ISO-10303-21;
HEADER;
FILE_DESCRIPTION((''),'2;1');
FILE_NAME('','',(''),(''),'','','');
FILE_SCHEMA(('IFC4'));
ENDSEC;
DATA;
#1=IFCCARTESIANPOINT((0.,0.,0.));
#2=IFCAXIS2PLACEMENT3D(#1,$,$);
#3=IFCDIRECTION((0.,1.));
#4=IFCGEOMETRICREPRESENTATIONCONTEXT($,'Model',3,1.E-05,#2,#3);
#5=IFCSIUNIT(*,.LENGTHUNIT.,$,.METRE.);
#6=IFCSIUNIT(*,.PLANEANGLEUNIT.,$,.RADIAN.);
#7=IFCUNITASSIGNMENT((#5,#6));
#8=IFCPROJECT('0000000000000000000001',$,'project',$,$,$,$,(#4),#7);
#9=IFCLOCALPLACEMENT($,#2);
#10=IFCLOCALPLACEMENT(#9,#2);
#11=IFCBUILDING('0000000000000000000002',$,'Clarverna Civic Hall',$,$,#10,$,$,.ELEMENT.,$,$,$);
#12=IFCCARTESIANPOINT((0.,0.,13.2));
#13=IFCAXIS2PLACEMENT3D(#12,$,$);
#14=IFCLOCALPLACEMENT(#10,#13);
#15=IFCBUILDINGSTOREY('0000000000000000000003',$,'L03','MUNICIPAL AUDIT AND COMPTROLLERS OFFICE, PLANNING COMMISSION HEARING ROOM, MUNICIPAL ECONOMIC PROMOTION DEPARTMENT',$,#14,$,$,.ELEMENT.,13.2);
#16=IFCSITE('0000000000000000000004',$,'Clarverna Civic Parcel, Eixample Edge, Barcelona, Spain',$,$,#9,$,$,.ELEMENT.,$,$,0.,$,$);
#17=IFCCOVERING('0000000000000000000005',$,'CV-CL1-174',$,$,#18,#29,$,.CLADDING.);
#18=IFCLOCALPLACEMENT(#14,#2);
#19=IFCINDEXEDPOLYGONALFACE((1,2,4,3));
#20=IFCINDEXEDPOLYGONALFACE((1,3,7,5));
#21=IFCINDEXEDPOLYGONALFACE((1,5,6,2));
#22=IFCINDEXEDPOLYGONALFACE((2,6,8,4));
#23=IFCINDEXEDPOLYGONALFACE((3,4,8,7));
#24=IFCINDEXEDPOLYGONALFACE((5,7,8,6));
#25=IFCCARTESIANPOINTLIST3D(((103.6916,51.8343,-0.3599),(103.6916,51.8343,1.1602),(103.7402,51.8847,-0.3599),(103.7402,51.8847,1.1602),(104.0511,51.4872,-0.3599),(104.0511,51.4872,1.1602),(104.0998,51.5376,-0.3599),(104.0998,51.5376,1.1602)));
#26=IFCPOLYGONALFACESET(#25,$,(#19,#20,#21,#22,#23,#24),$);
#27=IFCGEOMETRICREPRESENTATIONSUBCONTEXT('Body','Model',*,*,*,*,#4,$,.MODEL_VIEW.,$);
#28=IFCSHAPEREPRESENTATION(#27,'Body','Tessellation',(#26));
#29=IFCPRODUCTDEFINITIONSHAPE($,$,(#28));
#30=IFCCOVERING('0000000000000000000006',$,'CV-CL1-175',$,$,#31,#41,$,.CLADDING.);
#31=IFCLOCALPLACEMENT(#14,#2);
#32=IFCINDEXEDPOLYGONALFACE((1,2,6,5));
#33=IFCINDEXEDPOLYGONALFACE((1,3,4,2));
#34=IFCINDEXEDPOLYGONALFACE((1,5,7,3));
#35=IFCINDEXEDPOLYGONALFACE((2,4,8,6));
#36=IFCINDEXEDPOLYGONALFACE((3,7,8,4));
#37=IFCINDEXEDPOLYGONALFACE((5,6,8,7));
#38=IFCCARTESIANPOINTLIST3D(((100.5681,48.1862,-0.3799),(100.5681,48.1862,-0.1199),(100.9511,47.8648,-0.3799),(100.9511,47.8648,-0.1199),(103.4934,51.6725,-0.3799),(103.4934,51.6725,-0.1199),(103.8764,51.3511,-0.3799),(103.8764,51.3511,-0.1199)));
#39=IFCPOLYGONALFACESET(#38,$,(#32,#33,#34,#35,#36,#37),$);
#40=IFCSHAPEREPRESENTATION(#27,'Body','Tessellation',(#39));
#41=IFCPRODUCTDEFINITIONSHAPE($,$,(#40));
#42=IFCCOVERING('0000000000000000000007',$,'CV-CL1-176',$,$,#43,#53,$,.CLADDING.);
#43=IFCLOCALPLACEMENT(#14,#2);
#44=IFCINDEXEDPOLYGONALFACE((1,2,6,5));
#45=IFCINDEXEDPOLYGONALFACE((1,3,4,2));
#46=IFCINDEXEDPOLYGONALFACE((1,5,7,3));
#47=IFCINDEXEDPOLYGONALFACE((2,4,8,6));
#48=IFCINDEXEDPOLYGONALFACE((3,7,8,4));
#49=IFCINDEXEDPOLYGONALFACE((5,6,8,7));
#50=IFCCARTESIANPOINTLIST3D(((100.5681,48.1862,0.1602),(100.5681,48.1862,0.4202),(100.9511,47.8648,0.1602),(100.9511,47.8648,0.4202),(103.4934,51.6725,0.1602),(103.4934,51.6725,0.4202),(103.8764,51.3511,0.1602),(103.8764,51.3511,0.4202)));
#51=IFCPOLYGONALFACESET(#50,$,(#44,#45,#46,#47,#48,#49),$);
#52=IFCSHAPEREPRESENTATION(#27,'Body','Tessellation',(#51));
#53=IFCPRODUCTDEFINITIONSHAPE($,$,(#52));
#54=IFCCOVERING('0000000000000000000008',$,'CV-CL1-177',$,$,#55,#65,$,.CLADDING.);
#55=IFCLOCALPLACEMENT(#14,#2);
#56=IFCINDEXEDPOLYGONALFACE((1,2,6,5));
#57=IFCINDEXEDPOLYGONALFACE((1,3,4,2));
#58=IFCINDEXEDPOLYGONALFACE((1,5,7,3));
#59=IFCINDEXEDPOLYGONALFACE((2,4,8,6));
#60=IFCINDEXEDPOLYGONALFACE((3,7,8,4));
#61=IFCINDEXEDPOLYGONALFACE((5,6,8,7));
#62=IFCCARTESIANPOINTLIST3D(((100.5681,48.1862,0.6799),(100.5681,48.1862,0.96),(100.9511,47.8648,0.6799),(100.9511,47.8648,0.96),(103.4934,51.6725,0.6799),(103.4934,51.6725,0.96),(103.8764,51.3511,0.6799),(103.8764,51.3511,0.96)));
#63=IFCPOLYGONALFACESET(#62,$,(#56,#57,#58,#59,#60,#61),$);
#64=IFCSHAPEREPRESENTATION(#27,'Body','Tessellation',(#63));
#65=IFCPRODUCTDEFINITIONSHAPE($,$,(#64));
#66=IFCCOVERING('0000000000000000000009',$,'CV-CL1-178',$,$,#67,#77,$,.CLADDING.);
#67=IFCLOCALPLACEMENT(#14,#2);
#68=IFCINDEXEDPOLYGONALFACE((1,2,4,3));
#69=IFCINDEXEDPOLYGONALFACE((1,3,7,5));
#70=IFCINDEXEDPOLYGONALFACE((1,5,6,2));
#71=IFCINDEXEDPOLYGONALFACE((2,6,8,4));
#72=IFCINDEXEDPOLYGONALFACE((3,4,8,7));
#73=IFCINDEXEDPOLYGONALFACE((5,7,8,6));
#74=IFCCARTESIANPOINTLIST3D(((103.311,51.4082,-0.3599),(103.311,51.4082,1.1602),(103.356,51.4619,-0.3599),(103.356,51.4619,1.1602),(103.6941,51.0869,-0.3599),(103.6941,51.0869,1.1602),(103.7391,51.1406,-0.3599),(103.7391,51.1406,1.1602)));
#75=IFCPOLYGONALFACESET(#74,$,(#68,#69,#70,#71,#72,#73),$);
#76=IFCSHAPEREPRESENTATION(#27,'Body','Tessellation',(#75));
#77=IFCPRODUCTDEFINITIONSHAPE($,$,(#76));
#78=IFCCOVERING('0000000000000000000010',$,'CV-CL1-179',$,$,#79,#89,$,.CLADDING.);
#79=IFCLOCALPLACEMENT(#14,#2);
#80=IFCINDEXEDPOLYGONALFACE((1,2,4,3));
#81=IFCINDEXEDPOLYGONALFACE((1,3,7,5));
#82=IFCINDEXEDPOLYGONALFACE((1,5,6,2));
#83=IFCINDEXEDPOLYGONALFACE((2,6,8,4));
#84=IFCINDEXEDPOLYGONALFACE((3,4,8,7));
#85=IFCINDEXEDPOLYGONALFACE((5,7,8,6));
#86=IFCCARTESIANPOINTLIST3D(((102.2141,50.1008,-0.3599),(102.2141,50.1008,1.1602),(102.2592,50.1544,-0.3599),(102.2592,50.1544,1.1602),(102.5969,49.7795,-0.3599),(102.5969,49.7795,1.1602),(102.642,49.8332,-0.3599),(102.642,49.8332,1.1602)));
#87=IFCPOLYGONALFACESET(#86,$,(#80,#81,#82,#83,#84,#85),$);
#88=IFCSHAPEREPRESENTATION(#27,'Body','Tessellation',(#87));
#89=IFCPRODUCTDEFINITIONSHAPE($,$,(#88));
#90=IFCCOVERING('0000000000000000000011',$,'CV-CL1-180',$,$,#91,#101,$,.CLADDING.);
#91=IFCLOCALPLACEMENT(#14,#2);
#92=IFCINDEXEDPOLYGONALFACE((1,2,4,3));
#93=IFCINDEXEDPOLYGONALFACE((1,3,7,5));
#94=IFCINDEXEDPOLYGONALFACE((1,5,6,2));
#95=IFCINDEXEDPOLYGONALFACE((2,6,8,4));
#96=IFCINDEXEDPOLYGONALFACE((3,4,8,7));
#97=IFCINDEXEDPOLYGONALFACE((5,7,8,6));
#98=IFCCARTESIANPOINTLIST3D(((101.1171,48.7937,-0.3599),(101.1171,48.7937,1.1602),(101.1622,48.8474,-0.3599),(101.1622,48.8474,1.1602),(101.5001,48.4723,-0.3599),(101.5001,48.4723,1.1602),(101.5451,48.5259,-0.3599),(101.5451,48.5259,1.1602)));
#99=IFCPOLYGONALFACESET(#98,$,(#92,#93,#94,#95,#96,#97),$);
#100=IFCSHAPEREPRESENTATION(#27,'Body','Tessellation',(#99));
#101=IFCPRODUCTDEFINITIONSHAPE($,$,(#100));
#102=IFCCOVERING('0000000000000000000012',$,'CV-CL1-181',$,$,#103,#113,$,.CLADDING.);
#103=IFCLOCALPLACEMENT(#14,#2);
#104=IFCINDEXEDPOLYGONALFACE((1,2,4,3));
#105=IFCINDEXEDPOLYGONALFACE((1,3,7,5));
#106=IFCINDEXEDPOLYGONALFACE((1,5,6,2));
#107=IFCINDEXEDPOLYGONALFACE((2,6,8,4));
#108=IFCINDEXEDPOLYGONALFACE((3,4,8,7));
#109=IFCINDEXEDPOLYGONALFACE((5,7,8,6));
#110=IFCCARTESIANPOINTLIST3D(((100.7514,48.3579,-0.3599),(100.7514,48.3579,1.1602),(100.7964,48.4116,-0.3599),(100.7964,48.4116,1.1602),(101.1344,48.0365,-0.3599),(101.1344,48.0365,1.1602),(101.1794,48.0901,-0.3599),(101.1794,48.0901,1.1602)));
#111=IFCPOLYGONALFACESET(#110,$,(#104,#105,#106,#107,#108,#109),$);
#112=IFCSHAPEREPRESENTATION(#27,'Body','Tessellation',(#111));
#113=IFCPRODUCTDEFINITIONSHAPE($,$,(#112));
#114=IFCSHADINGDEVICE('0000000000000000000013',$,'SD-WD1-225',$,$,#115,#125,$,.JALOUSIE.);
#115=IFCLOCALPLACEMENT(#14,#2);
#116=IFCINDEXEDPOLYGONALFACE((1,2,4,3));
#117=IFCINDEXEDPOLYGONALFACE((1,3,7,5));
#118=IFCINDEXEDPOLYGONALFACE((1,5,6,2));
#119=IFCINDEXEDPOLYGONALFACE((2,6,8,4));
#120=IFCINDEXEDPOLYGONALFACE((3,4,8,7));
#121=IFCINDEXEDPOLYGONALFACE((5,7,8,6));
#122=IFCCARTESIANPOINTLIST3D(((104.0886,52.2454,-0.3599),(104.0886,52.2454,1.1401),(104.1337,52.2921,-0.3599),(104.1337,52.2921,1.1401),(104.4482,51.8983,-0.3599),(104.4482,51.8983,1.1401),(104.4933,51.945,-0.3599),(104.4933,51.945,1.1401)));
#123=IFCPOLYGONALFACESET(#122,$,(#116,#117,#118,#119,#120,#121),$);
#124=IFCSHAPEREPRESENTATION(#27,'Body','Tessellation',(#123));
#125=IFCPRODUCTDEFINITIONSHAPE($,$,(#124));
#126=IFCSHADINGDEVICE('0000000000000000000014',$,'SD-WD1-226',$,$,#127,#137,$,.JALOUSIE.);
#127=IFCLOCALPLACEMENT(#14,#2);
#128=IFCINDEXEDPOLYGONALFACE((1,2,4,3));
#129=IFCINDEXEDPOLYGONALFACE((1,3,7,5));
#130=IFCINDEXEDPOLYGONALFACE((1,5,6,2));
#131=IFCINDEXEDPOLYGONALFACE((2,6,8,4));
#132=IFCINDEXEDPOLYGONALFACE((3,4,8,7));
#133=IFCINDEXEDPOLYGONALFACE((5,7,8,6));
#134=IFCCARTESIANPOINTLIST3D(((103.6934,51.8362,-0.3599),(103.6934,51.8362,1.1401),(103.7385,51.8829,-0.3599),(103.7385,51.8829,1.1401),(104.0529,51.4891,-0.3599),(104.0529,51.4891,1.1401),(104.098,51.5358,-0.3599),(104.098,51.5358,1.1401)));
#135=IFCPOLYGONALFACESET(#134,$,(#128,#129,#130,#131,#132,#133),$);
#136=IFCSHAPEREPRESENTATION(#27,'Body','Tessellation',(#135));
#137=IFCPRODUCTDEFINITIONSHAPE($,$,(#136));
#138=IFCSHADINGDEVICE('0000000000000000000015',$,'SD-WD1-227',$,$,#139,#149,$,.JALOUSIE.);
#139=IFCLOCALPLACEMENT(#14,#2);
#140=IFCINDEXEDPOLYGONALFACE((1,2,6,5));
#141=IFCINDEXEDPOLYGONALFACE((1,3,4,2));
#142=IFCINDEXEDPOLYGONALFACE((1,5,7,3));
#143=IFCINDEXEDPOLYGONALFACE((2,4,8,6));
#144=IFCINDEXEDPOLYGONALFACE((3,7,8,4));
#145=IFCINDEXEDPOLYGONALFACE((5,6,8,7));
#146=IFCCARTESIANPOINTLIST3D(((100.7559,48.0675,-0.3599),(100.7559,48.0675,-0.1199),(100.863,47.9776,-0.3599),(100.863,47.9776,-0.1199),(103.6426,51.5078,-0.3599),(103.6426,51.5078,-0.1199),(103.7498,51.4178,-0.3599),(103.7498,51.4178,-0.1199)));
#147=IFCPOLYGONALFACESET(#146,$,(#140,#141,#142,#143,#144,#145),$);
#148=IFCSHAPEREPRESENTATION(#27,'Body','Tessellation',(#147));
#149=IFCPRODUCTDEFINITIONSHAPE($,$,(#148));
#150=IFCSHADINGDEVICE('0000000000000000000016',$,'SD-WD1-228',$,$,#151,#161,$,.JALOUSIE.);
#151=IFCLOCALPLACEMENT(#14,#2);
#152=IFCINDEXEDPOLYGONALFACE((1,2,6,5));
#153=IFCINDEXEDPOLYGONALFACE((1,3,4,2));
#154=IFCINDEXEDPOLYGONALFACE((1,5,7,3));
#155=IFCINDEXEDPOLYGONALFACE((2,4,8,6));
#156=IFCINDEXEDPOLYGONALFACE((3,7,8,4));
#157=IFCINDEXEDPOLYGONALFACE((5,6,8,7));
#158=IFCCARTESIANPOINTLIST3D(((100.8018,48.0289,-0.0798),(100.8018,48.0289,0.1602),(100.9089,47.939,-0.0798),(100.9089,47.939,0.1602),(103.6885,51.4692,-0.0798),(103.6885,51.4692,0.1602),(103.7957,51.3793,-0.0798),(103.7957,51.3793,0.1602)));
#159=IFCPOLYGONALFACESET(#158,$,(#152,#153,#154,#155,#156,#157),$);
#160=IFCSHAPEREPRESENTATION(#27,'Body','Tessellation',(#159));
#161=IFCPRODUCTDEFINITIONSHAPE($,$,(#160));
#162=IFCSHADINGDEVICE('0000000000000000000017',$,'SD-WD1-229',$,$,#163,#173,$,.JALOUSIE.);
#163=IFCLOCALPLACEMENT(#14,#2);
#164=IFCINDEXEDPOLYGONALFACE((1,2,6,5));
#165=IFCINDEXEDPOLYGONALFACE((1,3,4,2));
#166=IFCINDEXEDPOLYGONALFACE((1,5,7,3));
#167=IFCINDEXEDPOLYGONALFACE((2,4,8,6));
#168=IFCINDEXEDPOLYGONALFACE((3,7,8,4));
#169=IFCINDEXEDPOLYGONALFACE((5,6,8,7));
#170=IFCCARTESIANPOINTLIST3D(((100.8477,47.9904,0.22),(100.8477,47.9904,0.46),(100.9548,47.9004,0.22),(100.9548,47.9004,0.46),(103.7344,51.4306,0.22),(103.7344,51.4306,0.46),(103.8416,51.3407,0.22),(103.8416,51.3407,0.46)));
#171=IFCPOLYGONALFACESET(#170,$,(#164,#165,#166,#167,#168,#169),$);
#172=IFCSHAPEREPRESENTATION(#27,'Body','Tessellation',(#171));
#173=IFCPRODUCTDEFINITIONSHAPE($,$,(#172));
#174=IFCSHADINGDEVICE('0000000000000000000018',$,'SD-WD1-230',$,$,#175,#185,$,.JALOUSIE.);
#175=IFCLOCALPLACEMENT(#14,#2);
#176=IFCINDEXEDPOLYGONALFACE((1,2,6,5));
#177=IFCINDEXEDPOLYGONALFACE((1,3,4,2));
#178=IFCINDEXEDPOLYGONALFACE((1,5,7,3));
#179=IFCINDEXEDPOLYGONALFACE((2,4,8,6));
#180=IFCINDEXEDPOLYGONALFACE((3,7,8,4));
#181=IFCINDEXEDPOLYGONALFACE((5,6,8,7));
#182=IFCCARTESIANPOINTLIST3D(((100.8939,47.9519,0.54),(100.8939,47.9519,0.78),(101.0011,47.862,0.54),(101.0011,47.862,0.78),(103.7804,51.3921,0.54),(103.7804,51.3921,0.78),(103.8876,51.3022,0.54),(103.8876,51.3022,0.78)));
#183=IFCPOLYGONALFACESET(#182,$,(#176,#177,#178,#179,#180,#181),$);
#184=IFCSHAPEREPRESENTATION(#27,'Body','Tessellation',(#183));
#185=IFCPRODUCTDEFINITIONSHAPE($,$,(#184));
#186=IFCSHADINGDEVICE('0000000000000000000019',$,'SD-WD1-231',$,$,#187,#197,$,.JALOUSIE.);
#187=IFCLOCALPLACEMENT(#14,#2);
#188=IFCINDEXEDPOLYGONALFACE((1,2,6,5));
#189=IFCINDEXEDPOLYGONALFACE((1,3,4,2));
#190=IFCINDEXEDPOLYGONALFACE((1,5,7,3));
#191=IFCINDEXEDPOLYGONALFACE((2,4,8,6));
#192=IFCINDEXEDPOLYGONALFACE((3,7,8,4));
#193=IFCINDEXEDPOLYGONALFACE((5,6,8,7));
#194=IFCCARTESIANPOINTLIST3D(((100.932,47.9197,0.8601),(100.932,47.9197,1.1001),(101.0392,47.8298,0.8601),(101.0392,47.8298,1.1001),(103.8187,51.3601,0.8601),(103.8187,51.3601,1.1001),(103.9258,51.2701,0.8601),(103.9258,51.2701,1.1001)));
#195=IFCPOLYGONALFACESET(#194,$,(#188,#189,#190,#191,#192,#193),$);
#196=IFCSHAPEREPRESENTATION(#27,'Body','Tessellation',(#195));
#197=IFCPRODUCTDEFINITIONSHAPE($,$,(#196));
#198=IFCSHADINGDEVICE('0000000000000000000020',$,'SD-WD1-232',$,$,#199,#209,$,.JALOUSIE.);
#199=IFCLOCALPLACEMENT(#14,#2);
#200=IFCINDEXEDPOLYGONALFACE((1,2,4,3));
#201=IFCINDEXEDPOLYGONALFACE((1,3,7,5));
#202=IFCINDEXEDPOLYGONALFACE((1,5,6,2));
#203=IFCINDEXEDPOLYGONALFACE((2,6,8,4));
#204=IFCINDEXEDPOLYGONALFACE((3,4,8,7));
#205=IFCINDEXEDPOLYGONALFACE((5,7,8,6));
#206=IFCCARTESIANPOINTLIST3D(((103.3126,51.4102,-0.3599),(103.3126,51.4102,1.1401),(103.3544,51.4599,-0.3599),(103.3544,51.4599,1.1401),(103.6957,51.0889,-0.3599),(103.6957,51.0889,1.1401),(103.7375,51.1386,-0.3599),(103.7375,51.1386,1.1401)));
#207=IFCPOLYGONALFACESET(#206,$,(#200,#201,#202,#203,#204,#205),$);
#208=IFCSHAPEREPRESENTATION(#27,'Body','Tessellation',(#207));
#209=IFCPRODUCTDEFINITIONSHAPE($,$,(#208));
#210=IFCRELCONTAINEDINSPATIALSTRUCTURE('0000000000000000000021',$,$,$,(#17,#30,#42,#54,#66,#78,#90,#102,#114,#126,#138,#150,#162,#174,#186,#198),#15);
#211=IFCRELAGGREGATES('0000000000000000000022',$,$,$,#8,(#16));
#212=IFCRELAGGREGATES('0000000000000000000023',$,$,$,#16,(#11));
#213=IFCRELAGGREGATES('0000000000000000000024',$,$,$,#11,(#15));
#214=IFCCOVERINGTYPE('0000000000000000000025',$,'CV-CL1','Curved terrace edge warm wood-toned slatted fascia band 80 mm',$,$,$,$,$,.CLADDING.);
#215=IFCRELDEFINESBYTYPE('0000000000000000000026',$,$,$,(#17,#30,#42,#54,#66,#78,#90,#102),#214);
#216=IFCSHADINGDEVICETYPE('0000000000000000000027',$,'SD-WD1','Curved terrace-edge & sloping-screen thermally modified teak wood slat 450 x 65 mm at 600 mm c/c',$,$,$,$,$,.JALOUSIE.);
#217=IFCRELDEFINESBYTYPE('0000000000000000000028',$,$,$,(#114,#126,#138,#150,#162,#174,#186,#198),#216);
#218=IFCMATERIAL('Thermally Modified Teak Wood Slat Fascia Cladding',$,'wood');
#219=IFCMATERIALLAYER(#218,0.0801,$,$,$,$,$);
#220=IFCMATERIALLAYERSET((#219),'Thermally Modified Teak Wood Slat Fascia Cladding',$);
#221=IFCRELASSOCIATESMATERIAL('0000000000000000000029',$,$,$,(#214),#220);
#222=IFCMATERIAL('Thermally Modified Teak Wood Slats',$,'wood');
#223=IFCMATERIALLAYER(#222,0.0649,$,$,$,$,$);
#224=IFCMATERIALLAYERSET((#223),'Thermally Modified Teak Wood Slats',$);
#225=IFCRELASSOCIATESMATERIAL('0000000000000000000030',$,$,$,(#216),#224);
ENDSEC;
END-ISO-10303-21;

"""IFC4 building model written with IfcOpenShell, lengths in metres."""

from ifc_helpers import new_model, si_unit, direction, frame, frame_2d, origin, place, context, subcontext, project, spatial, rectangle, extrude, material, layer, layer_set, type_object, element, save


model = new_model("IFC4")

# Units and contexts
model_context = context("Model", 3, precision=1e-05, world=origin(), true_north=direction((0.0, 1.0)))
body_context = subcontext(model_context, "Body", "Model", "MODEL_VIEW")
ifc_project = project(units=[si_unit("LENGTHUNIT", "METRE"), si_unit("PLANEANGLEUNIT", "RADIAN")], contexts=[model_context])

# Site, building, storey
site_placement = place(None, origin())
site = spatial("IfcSite", under=ifc_project, at=site_placement, Name="Clarverna Civic Parcel, Eixample Edge, Barcelona, Spain", CompositionType="ELEMENT", RefElevation=0.0)
building_placement = place(site_placement, origin())
building = spatial("IfcBuilding", under=site, at=building_placement, Name="Clarverna Civic Hall", CompositionType="ELEMENT")
storey_placement = place(building_placement, frame((0.0, 0.0, 13.2)))
storey = spatial("IfcBuildingStorey", under=building, at=storey_placement, Name="L03", Description="MUNICIPAL AUDIT AND COMPTROLLERS OFFICE, PLANNING COMMISSION HEARING ROOM, MUNICIPAL ECONOMIC PROMOTION DEPARTMENT", CompositionType="ELEMENT", Elevation=13.2)

# Coverings
ifc_material_1 = material(Name="Thermally Modified Teak Wood Slat Fascia Cladding", Category="wood")
ifc_layer_1 = layer(ifc_material_1, 0.0801)
ifc_layer_set_1 = layer_set([ifc_layer_1], Name="Thermally Modified Teak Wood Slat Fascia Cladding")
covering_type = type_object("IfcCoveringType", Name="CV-CL1", Description="Curved terrace edge warm wood-toned slatted fascia band 80 mm", PredefinedType="CLADDING", material=ifc_layer_set_1)
for number, where, z_axis, x_axis, name in (
    (1, (103.7158, 51.8596, -0.3599), (0.0, 0.0, 1.0), (0.719452, -0.694542, 0.0), "CV-CL1-174"),
):
    element("IfcCovering", number, at=place(storey_placement, frame(where, z_axis=z_axis, x_axis=x_axis)), inside=storey, type_object=covering_type, Name=name, PredefinedType="CLADDING", context=body_context, shape_type="SweptSolid", body=[
        extrude(rectangle(XDim=0.4998, YDim=0.0701, at=frame_2d((0.25, 0.0))), origin(), (0.0, 0.0, 1.0), 1.52),
    ])
for number, where, z_axis, x_axis, name in (
    (2, (103.6848, 51.5117, -0.3799), (0.0, 0.0, 1.0), (-0.642777, -0.766053, 0.0), "CV-CL1-175"),
    (3, (103.6848, 51.5117, 0.1602), (0.0, 0.0, 1.0), (-0.642777, -0.766053, 0.0), "CV-CL1-176"),
):
    element("IfcCovering", number, at=place(storey_placement, frame(where, z_axis=z_axis, x_axis=x_axis)), inside=storey, type_object=covering_type, Name=name, PredefinedType="CLADDING", context=body_context, shape_type="SweptSolid", body=[
        extrude(rectangle(XDim=4.551, YDim=0.5, at=frame_2d((2.2754, 0.0))), origin(), (0.0, 0.0, 1.0), 0.26),
    ])
covering_1_placement = place(storey_placement, frame((103.6848, 51.5117, 0.6799), z_axis=(0.0, 0.0, 1.0), x_axis=(-0.642777, -0.766053, 0.0)))
element("IfcCovering", 4, at=covering_1_placement, inside=storey, type_object=covering_type, Name="CV-CL1-177", PredefinedType="CLADDING", context=body_context, shape_type="SweptSolid", body=[
    extrude(rectangle(XDim=4.551, YDim=0.5, at=frame_2d((2.2754, 0.0))), origin(), (0.0, 0.0, 1.0), 0.28),
])
covering_2_placement = place(storey_placement, frame((103.3335, 51.4351, -0.3599), z_axis=(0.0, 0.0, 1.0), x_axis=(0.766176, -0.642631, 0.0)))
element("IfcCovering", 5, at=covering_2_placement, inside=storey, type_object=covering_type, Name="CV-CL1-178", PredefinedType="CLADDING", context=body_context, shape_type="SweptSolid", body=[
    extrude(rectangle(XDim=0.5, YDim=0.0701, at=frame_2d((0.25, 0.0))), origin(), (0.0, 0.0, 1.0), 1.52),
])
covering_3_placement = place(storey_placement, frame((102.2366, 50.1277, -0.3599), z_axis=(0.0, 0.0, 1.0), x_axis=(0.765974, -0.642871, 0.0)))
element("IfcCovering", 6, at=covering_3_placement, inside=storey, type_object=covering_type, Name="CV-CL1-179", PredefinedType="CLADDING", context=body_context, shape_type="SweptSolid", body=[
    extrude(rectangle(XDim=0.4998, YDim=0.0701, at=frame_2d((0.25, 0.0))), origin(), (0.0, 0.0, 1.0), 1.52),
])
for number, where, z_axis, x_axis, name in (
    (7, (101.1396, 48.8206, -0.3599), (0.0, 0.0, 1.0), (0.765936, -0.642917, 0.0), "CV-CL1-180"),
    (8, (100.7739, 48.3848, -0.3599), (0.0, 0.0, 1.0), (0.765936, -0.642917, 0.0), "CV-CL1-181"),
):
    element("IfcCovering", number, at=place(storey_placement, frame(where, z_axis=z_axis, x_axis=x_axis)), inside=storey, type_object=covering_type, Name=name, PredefinedType="CLADDING", context=body_context, shape_type="SweptSolid", body=[
        extrude(rectangle(XDim=0.5, YDim=0.0701, at=frame_2d((0.25, 0.0))), origin(), (0.0, 0.0, 1.0), 1.52),
    ])

# Shading devices
ifc_material_2 = material(Name="Thermally Modified Teak Wood Slats", Category="wood")
ifc_layer_2 = layer(ifc_material_2, 0.0649)
ifc_layer_set_2 = layer_set([ifc_layer_2], Name="Thermally Modified Teak Wood Slats")
shading_device_type = type_object("IfcShadingDeviceType", Name="SD-WD1", Description="Curved terrace-edge & sloping-screen thermally modified teak wood slat 450 x 65 mm at 600 mm c/c", PredefinedType="JALOUSIE", material=ifc_layer_set_2)
for number, where, z_axis, x_axis, name in (
    (9, (104.1111, 52.2688, -0.3599), (0.0, 0.0, 1.0), (0.719452, -0.694542, 0.0), "SD-WD1-225"),
    (10, (103.7158, 51.8596, -0.3599), (0.0, 0.0, 1.0), (0.719452, -0.694542, 0.0), "SD-WD1-226"),
):
    element("IfcShadingDevice", number, at=place(storey_placement, frame(where, z_axis=z_axis, x_axis=x_axis)), inside=storey, type_object=shading_device_type, Name=name, PredefinedType="JALOUSIE", context=body_context, shape_type="SweptSolid", body=[
        extrude(rectangle(XDim=0.4998, YDim=0.0649, at=frame_2d((0.25, 0.0))), origin(), (0.0, 0.0, 1.0), 1.5),
    ])
for number, where, z_axis, x_axis, name in (
    (11, (103.6963, 51.4629, -0.3599), (0.0, 0.0, 1.0), (-0.642795, -0.766038, 0.0), "SD-WD1-227"),
    (12, (103.7422, 51.4243, -0.0798), (0.0, 0.0, 1.0), (-0.642795, -0.766038, 0.0), "SD-WD1-228"),
    (13, (103.7881, 51.3857, 0.22), (0.0, 0.0, 1.0), (-0.642795, -0.766038, 0.0), "SD-WD1-229"),
):
    element("IfcShadingDevice", number, at=place(storey_placement, frame(where, z_axis=z_axis, x_axis=x_axis)), inside=storey, type_object=shading_device_type, Name=name, PredefinedType="JALOUSIE", context=body_context, shape_type="SweptSolid", body=[
        extrude(rectangle(XDim=4.491, YDim=0.1399, at=frame_2d((2.2456, 0.0))), origin(), (0.0, 0.0, 1.0), 0.24),
    ])
shading_device_1_placement = place(storey_placement, frame((103.834, 51.3472, 0.54), z_axis=(0.0, 0.0, 1.0), x_axis=(-0.642764, -0.766065, 0.0)))
element("IfcShadingDevice", 14, at=shading_device_1_placement, inside=storey, type_object=shading_device_type, Name="SD-WD1-230", PredefinedType="JALOUSIE", context=body_context, shape_type="SweptSolid", body=[
    extrude(rectangle(XDim=4.4907, YDim=0.1399, at=frame_2d((2.2454, 0.0))), origin(), (0.0, 0.0, 1.0), 0.24),
])
shading_device_2_placement = place(storey_placement, frame((103.8723, 51.3152, 0.8601), z_axis=(0.0, 0.0, 1.0), x_axis=(-0.642769, -0.76606, 0.0)))
element("IfcShadingDevice", 15, at=shading_device_2_placement, inside=storey, type_object=shading_device_type, Name="SD-WD1-231", PredefinedType="JALOUSIE", context=body_context, shape_type="SweptSolid", body=[
    extrude(rectangle(XDim=4.491, YDim=0.1399, at=frame_2d((2.2456, 0.0))), origin(), (0.0, 0.0, 1.0), 0.24),
])
shading_device_3_placement = place(storey_placement, frame((103.3335, 51.4351, -0.3599), z_axis=(0.0, 0.0, 1.0), x_axis=(0.766176, -0.642631, 0.0)))
element("IfcShadingDevice", 16, at=shading_device_3_placement, inside=storey, type_object=shading_device_type, Name="SD-WD1-232", PredefinedType="JALOUSIE", context=body_context, shape_type="SweptSolid", body=[
    extrude(rectangle(XDim=0.5, YDim=0.0649, at=frame_2d((0.25, 0.0))), origin(), (0.0, 0.0, 1.0), 1.5),
])

save(model, "model.ifc")
